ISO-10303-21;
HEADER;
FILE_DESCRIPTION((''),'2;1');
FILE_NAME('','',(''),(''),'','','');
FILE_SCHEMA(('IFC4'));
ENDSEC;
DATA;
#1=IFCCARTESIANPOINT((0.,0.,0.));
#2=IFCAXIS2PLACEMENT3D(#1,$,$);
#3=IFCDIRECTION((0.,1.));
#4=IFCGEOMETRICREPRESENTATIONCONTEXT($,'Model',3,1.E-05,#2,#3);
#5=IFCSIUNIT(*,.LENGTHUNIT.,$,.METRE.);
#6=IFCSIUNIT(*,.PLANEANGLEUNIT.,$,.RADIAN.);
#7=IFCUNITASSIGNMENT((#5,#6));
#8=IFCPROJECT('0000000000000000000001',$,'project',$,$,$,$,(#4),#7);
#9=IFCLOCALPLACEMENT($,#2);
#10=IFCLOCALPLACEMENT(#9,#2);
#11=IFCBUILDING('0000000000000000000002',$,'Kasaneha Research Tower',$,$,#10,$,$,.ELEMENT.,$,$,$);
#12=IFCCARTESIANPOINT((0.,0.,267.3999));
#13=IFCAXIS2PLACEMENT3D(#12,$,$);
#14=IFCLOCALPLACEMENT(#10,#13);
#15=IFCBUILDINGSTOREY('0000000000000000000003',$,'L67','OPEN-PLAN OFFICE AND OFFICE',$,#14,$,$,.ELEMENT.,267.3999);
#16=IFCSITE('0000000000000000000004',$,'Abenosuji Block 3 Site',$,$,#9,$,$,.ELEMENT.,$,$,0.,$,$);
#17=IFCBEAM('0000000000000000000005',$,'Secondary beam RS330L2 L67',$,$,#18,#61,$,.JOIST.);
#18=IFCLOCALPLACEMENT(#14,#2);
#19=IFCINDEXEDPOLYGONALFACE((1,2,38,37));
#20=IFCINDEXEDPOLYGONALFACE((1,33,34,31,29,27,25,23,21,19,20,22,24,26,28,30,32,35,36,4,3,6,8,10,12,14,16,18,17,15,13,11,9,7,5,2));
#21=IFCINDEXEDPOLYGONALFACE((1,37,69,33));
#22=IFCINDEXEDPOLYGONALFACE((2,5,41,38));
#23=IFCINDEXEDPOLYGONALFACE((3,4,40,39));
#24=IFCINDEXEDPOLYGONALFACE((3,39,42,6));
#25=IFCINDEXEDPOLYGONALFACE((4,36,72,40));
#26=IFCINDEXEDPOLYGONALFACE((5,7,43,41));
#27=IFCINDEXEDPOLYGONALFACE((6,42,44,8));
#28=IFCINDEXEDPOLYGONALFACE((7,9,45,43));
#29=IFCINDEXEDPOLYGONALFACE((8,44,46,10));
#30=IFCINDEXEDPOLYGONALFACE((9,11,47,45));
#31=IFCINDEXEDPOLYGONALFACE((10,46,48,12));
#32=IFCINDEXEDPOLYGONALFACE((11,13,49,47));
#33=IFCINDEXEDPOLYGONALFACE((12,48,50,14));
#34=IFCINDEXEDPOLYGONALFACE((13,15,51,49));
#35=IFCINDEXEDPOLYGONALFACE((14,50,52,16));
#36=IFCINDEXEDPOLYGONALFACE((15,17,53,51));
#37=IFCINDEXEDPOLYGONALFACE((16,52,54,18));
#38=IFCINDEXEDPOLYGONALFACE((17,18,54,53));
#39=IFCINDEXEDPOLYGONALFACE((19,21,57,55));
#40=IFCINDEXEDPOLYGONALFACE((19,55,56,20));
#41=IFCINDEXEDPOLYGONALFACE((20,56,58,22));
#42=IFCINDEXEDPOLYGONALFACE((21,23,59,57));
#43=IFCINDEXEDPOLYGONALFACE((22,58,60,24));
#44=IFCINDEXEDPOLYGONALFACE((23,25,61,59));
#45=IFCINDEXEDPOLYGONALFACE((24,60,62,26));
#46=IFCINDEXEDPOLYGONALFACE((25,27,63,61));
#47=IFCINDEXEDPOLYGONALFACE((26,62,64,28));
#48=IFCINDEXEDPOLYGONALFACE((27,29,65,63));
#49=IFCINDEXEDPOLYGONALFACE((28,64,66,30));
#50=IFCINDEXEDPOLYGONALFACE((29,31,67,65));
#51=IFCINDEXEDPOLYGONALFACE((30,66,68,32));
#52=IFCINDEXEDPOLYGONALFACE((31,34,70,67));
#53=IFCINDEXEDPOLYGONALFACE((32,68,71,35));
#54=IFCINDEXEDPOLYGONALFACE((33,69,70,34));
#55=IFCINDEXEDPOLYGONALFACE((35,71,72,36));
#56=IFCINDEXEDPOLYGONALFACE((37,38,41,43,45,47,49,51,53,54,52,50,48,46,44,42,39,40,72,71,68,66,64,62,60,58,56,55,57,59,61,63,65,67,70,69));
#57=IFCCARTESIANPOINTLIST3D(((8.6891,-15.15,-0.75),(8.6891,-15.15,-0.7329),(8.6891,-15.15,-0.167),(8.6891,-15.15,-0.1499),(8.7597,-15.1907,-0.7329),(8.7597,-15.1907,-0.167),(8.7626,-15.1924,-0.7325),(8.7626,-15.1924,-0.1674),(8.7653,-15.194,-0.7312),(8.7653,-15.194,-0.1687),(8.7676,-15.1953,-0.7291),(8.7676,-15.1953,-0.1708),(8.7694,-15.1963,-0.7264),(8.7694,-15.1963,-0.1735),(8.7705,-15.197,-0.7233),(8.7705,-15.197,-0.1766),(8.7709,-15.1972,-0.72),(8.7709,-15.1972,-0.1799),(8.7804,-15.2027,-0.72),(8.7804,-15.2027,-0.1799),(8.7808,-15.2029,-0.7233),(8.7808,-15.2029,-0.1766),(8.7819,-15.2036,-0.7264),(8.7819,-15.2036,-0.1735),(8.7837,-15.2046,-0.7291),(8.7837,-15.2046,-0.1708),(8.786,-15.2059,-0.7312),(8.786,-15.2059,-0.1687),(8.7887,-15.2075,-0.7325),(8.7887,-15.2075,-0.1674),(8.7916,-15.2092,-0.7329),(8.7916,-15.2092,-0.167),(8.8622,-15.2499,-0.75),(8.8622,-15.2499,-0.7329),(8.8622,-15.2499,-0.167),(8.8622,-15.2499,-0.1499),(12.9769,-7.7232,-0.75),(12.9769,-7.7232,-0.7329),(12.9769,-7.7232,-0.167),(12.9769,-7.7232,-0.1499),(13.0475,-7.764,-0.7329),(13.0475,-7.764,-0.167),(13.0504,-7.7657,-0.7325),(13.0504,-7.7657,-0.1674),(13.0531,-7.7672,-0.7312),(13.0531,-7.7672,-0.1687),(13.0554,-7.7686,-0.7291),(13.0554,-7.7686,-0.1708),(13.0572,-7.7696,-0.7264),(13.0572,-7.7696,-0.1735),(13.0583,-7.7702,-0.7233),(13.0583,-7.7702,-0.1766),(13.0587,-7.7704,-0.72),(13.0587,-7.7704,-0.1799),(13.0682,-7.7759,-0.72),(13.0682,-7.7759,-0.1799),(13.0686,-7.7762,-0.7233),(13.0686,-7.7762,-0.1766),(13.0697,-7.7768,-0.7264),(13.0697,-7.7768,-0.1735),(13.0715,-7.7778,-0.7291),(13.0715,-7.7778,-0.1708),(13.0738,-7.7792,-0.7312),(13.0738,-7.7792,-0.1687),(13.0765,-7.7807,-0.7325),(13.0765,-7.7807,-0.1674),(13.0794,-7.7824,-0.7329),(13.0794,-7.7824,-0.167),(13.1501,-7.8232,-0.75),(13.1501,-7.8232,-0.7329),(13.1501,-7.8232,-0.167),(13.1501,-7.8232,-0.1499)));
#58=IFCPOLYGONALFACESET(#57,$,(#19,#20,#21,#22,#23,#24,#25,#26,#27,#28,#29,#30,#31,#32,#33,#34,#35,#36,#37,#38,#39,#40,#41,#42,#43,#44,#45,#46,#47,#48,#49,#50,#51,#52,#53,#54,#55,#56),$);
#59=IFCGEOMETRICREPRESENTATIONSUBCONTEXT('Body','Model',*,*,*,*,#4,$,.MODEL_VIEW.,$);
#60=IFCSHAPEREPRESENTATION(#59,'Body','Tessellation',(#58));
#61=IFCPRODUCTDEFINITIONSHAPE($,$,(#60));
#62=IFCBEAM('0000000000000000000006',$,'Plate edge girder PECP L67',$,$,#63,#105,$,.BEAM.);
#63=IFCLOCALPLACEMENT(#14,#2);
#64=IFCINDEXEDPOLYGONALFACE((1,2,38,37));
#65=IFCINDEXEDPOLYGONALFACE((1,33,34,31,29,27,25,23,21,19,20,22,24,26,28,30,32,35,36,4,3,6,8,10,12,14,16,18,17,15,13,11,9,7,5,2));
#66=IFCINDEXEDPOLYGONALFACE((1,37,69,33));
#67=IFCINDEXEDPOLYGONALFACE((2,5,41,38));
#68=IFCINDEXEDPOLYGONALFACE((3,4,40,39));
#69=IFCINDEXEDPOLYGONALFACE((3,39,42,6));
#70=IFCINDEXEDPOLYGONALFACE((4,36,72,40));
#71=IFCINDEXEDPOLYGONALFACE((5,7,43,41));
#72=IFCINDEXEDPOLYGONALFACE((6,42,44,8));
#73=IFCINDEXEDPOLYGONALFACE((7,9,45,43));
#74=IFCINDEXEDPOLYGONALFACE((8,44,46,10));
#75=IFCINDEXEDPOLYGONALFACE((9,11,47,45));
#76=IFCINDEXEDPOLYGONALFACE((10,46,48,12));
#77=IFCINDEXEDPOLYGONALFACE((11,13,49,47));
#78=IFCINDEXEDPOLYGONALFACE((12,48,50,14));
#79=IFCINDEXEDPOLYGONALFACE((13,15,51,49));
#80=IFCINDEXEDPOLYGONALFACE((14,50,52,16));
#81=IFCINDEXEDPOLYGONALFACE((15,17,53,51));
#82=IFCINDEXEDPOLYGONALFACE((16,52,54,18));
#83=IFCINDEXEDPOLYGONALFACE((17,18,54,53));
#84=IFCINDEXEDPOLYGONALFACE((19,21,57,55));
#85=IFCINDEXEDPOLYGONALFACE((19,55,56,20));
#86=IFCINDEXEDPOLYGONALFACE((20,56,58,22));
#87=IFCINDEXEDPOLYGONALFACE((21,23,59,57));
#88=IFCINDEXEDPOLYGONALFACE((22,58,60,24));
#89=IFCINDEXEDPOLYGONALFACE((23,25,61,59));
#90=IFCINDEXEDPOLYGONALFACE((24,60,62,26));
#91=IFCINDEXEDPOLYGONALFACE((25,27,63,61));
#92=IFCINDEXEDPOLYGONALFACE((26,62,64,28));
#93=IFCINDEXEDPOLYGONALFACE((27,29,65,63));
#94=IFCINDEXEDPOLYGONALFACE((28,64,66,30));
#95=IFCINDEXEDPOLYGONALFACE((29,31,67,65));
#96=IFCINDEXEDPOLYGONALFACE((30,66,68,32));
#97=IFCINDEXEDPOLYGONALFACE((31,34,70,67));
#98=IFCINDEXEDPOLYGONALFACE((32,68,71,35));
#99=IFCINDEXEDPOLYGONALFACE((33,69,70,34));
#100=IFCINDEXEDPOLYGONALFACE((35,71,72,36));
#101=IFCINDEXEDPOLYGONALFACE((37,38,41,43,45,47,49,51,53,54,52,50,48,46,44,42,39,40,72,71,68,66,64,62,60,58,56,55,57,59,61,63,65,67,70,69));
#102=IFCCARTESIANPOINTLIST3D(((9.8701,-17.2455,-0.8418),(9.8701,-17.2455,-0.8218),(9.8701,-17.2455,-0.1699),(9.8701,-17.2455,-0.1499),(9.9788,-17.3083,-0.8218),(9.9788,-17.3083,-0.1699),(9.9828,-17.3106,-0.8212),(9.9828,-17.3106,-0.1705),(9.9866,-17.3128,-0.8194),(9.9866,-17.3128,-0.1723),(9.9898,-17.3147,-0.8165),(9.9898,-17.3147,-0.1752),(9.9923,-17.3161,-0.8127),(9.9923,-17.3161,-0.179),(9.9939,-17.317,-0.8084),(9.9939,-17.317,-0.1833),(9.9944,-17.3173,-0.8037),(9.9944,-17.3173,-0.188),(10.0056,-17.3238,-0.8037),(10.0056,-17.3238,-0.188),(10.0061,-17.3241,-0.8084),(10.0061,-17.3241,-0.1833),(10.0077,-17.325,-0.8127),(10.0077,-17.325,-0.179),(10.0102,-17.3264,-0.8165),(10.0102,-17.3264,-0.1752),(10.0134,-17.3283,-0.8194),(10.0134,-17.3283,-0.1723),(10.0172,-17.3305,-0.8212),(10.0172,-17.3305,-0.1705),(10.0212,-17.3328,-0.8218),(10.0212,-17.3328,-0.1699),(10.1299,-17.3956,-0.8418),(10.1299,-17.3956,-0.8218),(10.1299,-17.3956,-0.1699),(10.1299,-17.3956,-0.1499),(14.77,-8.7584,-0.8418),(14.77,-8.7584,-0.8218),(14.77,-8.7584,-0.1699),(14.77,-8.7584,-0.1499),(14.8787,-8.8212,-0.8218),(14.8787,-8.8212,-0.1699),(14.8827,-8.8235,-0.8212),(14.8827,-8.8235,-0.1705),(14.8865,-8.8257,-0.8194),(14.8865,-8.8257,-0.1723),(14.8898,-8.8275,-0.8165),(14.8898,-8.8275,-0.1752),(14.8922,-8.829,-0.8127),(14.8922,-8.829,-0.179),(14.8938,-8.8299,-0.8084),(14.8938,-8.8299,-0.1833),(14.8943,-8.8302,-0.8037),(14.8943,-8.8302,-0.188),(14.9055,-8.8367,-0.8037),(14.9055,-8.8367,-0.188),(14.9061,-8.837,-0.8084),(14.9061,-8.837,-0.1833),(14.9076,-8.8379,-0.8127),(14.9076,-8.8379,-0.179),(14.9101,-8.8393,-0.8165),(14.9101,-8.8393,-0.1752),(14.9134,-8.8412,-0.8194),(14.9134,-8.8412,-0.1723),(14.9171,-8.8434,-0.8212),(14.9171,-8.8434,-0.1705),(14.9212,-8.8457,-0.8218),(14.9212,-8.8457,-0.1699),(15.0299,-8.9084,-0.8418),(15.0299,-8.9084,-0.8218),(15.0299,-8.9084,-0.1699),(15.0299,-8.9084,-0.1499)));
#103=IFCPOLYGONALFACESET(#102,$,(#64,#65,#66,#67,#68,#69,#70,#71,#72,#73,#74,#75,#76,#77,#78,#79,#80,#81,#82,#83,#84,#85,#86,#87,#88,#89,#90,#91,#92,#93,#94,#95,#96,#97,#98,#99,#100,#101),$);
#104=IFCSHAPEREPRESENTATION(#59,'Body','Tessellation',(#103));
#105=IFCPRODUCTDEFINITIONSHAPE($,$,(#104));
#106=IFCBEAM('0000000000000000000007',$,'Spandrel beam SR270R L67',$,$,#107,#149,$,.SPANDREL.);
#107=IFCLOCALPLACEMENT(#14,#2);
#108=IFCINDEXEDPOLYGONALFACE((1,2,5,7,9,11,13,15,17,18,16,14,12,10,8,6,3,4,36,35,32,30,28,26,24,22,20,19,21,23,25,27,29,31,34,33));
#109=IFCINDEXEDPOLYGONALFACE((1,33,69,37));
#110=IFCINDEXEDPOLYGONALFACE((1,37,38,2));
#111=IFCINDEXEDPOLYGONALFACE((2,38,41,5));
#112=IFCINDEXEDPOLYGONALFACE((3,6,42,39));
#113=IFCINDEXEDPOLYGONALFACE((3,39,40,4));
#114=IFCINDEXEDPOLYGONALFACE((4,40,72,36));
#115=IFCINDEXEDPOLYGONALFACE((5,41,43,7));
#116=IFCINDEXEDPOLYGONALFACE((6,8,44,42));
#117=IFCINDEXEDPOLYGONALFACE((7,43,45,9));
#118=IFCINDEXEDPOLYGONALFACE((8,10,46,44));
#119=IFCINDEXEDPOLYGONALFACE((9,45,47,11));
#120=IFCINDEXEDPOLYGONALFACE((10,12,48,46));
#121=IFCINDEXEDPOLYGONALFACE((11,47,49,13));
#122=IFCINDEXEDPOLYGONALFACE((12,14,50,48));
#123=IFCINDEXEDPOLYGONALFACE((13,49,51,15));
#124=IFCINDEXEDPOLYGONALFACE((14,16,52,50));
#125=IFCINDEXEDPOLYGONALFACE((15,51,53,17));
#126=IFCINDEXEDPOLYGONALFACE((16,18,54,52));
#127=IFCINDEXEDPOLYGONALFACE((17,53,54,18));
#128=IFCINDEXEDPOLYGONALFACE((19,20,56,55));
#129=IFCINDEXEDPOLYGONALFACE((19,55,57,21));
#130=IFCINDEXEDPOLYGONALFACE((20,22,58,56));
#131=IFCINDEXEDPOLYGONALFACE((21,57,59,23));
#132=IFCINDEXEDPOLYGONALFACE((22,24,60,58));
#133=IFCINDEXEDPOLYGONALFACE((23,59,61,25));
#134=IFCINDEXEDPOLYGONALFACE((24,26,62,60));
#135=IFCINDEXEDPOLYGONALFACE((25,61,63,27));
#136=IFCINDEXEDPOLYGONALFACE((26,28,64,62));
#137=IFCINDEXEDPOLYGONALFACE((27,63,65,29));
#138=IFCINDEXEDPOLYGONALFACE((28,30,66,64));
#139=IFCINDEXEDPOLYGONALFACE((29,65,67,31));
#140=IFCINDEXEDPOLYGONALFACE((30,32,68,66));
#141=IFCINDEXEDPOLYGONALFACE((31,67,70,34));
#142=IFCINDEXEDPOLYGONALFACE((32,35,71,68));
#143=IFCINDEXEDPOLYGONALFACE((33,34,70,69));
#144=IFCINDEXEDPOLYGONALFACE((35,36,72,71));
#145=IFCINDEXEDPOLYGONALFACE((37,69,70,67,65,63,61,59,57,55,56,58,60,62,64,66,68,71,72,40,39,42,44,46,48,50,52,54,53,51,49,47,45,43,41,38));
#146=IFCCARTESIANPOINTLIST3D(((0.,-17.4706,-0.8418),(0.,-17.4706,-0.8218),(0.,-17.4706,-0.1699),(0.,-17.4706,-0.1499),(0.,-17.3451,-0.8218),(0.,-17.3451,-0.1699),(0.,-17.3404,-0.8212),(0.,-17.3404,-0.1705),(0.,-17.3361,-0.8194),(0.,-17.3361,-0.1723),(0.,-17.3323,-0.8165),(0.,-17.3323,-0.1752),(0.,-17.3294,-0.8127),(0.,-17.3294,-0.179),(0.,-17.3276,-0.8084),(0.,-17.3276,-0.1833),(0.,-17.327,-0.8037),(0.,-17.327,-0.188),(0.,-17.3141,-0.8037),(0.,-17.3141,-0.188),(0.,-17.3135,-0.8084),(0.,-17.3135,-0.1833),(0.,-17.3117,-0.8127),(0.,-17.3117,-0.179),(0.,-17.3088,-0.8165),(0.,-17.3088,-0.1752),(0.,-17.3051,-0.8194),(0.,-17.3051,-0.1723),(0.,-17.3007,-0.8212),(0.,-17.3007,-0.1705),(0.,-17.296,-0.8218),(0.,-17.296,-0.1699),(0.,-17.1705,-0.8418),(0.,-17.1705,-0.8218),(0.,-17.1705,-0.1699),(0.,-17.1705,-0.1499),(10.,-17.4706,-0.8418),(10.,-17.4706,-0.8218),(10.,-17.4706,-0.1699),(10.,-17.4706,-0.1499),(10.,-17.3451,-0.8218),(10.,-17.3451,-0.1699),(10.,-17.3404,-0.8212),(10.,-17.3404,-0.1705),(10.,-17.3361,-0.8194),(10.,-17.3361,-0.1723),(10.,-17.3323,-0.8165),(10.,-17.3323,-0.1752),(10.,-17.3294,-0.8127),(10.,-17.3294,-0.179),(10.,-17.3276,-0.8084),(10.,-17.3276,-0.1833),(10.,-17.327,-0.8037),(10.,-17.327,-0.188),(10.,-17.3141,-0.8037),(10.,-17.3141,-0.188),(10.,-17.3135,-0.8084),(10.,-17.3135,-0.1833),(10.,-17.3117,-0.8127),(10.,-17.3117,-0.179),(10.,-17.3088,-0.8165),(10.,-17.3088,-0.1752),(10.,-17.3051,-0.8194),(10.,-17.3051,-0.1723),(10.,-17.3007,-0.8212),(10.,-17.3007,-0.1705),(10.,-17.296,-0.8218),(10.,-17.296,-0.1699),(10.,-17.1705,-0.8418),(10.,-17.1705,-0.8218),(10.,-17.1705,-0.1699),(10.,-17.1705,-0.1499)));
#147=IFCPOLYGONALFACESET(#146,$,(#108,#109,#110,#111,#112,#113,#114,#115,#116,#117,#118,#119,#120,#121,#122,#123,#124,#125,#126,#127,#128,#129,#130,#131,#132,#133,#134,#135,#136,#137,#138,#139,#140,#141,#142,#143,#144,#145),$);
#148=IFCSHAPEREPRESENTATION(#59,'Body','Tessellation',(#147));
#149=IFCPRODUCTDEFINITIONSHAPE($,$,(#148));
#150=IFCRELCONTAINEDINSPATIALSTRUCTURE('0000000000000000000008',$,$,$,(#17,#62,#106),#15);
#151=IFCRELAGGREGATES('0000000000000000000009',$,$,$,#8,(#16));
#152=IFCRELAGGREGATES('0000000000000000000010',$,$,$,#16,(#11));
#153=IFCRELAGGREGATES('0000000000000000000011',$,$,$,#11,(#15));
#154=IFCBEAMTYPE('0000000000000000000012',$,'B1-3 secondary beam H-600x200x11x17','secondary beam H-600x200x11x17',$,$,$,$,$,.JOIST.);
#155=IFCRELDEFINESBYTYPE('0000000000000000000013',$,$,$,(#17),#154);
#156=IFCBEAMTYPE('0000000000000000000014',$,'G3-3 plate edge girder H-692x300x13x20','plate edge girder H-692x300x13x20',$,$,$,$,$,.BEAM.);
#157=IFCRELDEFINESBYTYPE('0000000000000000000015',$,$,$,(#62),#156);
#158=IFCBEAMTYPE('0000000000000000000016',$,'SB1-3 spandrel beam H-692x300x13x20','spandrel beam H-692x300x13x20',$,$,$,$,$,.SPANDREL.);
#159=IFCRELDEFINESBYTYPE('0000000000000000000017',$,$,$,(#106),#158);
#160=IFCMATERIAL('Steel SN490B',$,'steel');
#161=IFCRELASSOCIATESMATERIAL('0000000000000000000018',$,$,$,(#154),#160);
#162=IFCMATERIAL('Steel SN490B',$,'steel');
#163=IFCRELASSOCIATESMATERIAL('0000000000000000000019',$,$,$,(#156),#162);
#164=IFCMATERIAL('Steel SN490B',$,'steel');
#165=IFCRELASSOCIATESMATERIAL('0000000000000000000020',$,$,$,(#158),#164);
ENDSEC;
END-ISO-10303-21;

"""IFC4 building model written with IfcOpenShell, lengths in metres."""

from ifc_helpers import new_model, si_unit, direction, frame, origin, origin_2d, place, context, subcontext, project, spatial, i_section, extrude, material, material_profile, profile_set, type_object, element, save


model = new_model("IFC4")

# Units and contexts
model_context = context("Model", 3, precision=1e-05, world=origin(), true_north=direction((0.0, 1.0)))
body_context = subcontext(model_context, "Body", "Model", "MODEL_VIEW")
ifc_project = project(units=[si_unit("LENGTHUNIT", "METRE"), si_unit("PLANEANGLEUNIT", "RADIAN")], contexts=[model_context])

# Site, building, storey
site_placement = place(None, origin())
site = spatial("IfcSite", under=ifc_project, at=site_placement, Name="Abenosuji Block 3 Site", CompositionType="ELEMENT", RefElevation=0.0)
building_placement = place(site_placement, origin())
building = spatial("IfcBuilding", under=site, at=building_placement, Name="Kasaneha Research Tower", CompositionType="ELEMENT")
storey_placement = place(building_placement, frame((0.0, 0.0, 267.3999)))
storey = spatial("IfcBuildingStorey", under=building, at=storey_placement, Name="L67", Description="OPEN-PLAN OFFICE AND OFFICE", CompositionType="ELEMENT", Elevation=267.3999)

# Beams
ifc_material_1 = material(Name="Steel SN490B", Category="steel")
ifc_material_profile_1 = material_profile(ifc_material_1, i_section(OverallWidth=0.2, OverallDepth=0.6001, WebThickness=0.011, FlangeThickness=0.0171, FilletRadius=0.0129, at=origin_2d()), Name="H-600x200x11x17")
ifc_profile_set_1 = profile_set([ifc_material_profile_1], Name="Steel SN490B")
beam_type_1 = type_object("IfcBeamType", Name="B1-3 secondary beam H-600x200x11x17", Description="secondary beam H-600x200x11x17", PredefinedType="JOIST", material=ifc_profile_set_1)
beam_1_placement = place(storey_placement, frame((8.7756, -15.2, -0.45), z_axis=(0.5, 0.866025, 0.0), x_axis=(-0.866025, 0.5, 0.0)))
element("IfcBeam", 1, at=beam_1_placement, inside=storey, type_object=beam_type_1, Name="Secondary beam RS330L2 L67", PredefinedType="JOIST", context=body_context, shape_type="SweptSolid", body=[
    extrude(i_section(OverallWidth=0.2, OverallDepth=0.6001, WebThickness=0.011, FlangeThickness=0.0171, FilletRadius=0.0129, at=origin_2d()), origin(), (0.0, 0.0, 1.0), 8.5757),
])
ifc_material_2 = material(Name="Steel SN490B", Category="steel")
ifc_material_profile_2 = material_profile(ifc_material_2, i_section(OverallWidth=0.3, OverallDepth=0.6919, WebThickness=0.0129, FlangeThickness=0.02, FilletRadius=0.0181, at=origin_2d()), Name="H-692x300x13x20")
ifc_profile_set_2 = profile_set([ifc_material_profile_2], Name="Steel SN490B")
beam_type_2 = type_object("IfcBeamType", Name="G3-3 plate edge girder H-692x300x13x20", Description="plate edge girder H-692x300x13x20", PredefinedType="BEAM", material=ifc_profile_set_2)
beam_2_placement = place(storey_placement, frame((10.0, -17.3206, -0.4958), z_axis=(0.499992, 0.86603, 0.0), x_axis=(-0.86603, 0.499992, 0.0)))
element("IfcBeam", 2, at=beam_2_placement, inside=storey, type_object=beam_type_2, Name="Plate edge girder PECP L67", PredefinedType="BEAM", context=body_context, shape_type="SweptSolid", body=[
    extrude(i_section(OverallWidth=0.3, OverallDepth=0.6919, WebThickness=0.0129, FlangeThickness=0.02, FilletRadius=0.0181, at=origin_2d()), origin(), (0.0, 0.0, 1.0), 9.8),
])
ifc_material_3 = material(Name="Steel SN490B", Category="steel")
ifc_material_profile_3 = material_profile(ifc_material_3, i_section(OverallWidth=0.3, OverallDepth=0.6919, WebThickness=0.0129, FlangeThickness=0.02, FilletRadius=0.0181, at=origin_2d()), Name="H-692x300x13x20")
ifc_profile_set_3 = profile_set([ifc_material_profile_3], Name="Steel SN490B")
beam_type_3 = type_object("IfcBeamType", Name="SB1-3 spandrel beam H-692x300x13x20", Description="spandrel beam H-692x300x13x20", PredefinedType="SPANDREL", material=ifc_profile_set_3)
beam_3_placement = place(storey_placement, frame((10.0, -17.3206, -0.4958), z_axis=(-1.0, 0.0, 0.0), x_axis=(0.0, -1.0, 0.0)))
element("IfcBeam", 3, at=beam_3_placement, inside=storey, type_object=beam_type_3, Name="Spandrel beam SR270R L67", PredefinedType="SPANDREL", context=body_context, shape_type="SweptSolid", body=[
    extrude(i_section(OverallWidth=0.3, OverallDepth=0.6919, WebThickness=0.0129, FlangeThickness=0.02, FilletRadius=0.0181, at=origin_2d()), origin(), (0.0, 0.0, 1.0), 10.0),
])

save(model, "model.ifc")
